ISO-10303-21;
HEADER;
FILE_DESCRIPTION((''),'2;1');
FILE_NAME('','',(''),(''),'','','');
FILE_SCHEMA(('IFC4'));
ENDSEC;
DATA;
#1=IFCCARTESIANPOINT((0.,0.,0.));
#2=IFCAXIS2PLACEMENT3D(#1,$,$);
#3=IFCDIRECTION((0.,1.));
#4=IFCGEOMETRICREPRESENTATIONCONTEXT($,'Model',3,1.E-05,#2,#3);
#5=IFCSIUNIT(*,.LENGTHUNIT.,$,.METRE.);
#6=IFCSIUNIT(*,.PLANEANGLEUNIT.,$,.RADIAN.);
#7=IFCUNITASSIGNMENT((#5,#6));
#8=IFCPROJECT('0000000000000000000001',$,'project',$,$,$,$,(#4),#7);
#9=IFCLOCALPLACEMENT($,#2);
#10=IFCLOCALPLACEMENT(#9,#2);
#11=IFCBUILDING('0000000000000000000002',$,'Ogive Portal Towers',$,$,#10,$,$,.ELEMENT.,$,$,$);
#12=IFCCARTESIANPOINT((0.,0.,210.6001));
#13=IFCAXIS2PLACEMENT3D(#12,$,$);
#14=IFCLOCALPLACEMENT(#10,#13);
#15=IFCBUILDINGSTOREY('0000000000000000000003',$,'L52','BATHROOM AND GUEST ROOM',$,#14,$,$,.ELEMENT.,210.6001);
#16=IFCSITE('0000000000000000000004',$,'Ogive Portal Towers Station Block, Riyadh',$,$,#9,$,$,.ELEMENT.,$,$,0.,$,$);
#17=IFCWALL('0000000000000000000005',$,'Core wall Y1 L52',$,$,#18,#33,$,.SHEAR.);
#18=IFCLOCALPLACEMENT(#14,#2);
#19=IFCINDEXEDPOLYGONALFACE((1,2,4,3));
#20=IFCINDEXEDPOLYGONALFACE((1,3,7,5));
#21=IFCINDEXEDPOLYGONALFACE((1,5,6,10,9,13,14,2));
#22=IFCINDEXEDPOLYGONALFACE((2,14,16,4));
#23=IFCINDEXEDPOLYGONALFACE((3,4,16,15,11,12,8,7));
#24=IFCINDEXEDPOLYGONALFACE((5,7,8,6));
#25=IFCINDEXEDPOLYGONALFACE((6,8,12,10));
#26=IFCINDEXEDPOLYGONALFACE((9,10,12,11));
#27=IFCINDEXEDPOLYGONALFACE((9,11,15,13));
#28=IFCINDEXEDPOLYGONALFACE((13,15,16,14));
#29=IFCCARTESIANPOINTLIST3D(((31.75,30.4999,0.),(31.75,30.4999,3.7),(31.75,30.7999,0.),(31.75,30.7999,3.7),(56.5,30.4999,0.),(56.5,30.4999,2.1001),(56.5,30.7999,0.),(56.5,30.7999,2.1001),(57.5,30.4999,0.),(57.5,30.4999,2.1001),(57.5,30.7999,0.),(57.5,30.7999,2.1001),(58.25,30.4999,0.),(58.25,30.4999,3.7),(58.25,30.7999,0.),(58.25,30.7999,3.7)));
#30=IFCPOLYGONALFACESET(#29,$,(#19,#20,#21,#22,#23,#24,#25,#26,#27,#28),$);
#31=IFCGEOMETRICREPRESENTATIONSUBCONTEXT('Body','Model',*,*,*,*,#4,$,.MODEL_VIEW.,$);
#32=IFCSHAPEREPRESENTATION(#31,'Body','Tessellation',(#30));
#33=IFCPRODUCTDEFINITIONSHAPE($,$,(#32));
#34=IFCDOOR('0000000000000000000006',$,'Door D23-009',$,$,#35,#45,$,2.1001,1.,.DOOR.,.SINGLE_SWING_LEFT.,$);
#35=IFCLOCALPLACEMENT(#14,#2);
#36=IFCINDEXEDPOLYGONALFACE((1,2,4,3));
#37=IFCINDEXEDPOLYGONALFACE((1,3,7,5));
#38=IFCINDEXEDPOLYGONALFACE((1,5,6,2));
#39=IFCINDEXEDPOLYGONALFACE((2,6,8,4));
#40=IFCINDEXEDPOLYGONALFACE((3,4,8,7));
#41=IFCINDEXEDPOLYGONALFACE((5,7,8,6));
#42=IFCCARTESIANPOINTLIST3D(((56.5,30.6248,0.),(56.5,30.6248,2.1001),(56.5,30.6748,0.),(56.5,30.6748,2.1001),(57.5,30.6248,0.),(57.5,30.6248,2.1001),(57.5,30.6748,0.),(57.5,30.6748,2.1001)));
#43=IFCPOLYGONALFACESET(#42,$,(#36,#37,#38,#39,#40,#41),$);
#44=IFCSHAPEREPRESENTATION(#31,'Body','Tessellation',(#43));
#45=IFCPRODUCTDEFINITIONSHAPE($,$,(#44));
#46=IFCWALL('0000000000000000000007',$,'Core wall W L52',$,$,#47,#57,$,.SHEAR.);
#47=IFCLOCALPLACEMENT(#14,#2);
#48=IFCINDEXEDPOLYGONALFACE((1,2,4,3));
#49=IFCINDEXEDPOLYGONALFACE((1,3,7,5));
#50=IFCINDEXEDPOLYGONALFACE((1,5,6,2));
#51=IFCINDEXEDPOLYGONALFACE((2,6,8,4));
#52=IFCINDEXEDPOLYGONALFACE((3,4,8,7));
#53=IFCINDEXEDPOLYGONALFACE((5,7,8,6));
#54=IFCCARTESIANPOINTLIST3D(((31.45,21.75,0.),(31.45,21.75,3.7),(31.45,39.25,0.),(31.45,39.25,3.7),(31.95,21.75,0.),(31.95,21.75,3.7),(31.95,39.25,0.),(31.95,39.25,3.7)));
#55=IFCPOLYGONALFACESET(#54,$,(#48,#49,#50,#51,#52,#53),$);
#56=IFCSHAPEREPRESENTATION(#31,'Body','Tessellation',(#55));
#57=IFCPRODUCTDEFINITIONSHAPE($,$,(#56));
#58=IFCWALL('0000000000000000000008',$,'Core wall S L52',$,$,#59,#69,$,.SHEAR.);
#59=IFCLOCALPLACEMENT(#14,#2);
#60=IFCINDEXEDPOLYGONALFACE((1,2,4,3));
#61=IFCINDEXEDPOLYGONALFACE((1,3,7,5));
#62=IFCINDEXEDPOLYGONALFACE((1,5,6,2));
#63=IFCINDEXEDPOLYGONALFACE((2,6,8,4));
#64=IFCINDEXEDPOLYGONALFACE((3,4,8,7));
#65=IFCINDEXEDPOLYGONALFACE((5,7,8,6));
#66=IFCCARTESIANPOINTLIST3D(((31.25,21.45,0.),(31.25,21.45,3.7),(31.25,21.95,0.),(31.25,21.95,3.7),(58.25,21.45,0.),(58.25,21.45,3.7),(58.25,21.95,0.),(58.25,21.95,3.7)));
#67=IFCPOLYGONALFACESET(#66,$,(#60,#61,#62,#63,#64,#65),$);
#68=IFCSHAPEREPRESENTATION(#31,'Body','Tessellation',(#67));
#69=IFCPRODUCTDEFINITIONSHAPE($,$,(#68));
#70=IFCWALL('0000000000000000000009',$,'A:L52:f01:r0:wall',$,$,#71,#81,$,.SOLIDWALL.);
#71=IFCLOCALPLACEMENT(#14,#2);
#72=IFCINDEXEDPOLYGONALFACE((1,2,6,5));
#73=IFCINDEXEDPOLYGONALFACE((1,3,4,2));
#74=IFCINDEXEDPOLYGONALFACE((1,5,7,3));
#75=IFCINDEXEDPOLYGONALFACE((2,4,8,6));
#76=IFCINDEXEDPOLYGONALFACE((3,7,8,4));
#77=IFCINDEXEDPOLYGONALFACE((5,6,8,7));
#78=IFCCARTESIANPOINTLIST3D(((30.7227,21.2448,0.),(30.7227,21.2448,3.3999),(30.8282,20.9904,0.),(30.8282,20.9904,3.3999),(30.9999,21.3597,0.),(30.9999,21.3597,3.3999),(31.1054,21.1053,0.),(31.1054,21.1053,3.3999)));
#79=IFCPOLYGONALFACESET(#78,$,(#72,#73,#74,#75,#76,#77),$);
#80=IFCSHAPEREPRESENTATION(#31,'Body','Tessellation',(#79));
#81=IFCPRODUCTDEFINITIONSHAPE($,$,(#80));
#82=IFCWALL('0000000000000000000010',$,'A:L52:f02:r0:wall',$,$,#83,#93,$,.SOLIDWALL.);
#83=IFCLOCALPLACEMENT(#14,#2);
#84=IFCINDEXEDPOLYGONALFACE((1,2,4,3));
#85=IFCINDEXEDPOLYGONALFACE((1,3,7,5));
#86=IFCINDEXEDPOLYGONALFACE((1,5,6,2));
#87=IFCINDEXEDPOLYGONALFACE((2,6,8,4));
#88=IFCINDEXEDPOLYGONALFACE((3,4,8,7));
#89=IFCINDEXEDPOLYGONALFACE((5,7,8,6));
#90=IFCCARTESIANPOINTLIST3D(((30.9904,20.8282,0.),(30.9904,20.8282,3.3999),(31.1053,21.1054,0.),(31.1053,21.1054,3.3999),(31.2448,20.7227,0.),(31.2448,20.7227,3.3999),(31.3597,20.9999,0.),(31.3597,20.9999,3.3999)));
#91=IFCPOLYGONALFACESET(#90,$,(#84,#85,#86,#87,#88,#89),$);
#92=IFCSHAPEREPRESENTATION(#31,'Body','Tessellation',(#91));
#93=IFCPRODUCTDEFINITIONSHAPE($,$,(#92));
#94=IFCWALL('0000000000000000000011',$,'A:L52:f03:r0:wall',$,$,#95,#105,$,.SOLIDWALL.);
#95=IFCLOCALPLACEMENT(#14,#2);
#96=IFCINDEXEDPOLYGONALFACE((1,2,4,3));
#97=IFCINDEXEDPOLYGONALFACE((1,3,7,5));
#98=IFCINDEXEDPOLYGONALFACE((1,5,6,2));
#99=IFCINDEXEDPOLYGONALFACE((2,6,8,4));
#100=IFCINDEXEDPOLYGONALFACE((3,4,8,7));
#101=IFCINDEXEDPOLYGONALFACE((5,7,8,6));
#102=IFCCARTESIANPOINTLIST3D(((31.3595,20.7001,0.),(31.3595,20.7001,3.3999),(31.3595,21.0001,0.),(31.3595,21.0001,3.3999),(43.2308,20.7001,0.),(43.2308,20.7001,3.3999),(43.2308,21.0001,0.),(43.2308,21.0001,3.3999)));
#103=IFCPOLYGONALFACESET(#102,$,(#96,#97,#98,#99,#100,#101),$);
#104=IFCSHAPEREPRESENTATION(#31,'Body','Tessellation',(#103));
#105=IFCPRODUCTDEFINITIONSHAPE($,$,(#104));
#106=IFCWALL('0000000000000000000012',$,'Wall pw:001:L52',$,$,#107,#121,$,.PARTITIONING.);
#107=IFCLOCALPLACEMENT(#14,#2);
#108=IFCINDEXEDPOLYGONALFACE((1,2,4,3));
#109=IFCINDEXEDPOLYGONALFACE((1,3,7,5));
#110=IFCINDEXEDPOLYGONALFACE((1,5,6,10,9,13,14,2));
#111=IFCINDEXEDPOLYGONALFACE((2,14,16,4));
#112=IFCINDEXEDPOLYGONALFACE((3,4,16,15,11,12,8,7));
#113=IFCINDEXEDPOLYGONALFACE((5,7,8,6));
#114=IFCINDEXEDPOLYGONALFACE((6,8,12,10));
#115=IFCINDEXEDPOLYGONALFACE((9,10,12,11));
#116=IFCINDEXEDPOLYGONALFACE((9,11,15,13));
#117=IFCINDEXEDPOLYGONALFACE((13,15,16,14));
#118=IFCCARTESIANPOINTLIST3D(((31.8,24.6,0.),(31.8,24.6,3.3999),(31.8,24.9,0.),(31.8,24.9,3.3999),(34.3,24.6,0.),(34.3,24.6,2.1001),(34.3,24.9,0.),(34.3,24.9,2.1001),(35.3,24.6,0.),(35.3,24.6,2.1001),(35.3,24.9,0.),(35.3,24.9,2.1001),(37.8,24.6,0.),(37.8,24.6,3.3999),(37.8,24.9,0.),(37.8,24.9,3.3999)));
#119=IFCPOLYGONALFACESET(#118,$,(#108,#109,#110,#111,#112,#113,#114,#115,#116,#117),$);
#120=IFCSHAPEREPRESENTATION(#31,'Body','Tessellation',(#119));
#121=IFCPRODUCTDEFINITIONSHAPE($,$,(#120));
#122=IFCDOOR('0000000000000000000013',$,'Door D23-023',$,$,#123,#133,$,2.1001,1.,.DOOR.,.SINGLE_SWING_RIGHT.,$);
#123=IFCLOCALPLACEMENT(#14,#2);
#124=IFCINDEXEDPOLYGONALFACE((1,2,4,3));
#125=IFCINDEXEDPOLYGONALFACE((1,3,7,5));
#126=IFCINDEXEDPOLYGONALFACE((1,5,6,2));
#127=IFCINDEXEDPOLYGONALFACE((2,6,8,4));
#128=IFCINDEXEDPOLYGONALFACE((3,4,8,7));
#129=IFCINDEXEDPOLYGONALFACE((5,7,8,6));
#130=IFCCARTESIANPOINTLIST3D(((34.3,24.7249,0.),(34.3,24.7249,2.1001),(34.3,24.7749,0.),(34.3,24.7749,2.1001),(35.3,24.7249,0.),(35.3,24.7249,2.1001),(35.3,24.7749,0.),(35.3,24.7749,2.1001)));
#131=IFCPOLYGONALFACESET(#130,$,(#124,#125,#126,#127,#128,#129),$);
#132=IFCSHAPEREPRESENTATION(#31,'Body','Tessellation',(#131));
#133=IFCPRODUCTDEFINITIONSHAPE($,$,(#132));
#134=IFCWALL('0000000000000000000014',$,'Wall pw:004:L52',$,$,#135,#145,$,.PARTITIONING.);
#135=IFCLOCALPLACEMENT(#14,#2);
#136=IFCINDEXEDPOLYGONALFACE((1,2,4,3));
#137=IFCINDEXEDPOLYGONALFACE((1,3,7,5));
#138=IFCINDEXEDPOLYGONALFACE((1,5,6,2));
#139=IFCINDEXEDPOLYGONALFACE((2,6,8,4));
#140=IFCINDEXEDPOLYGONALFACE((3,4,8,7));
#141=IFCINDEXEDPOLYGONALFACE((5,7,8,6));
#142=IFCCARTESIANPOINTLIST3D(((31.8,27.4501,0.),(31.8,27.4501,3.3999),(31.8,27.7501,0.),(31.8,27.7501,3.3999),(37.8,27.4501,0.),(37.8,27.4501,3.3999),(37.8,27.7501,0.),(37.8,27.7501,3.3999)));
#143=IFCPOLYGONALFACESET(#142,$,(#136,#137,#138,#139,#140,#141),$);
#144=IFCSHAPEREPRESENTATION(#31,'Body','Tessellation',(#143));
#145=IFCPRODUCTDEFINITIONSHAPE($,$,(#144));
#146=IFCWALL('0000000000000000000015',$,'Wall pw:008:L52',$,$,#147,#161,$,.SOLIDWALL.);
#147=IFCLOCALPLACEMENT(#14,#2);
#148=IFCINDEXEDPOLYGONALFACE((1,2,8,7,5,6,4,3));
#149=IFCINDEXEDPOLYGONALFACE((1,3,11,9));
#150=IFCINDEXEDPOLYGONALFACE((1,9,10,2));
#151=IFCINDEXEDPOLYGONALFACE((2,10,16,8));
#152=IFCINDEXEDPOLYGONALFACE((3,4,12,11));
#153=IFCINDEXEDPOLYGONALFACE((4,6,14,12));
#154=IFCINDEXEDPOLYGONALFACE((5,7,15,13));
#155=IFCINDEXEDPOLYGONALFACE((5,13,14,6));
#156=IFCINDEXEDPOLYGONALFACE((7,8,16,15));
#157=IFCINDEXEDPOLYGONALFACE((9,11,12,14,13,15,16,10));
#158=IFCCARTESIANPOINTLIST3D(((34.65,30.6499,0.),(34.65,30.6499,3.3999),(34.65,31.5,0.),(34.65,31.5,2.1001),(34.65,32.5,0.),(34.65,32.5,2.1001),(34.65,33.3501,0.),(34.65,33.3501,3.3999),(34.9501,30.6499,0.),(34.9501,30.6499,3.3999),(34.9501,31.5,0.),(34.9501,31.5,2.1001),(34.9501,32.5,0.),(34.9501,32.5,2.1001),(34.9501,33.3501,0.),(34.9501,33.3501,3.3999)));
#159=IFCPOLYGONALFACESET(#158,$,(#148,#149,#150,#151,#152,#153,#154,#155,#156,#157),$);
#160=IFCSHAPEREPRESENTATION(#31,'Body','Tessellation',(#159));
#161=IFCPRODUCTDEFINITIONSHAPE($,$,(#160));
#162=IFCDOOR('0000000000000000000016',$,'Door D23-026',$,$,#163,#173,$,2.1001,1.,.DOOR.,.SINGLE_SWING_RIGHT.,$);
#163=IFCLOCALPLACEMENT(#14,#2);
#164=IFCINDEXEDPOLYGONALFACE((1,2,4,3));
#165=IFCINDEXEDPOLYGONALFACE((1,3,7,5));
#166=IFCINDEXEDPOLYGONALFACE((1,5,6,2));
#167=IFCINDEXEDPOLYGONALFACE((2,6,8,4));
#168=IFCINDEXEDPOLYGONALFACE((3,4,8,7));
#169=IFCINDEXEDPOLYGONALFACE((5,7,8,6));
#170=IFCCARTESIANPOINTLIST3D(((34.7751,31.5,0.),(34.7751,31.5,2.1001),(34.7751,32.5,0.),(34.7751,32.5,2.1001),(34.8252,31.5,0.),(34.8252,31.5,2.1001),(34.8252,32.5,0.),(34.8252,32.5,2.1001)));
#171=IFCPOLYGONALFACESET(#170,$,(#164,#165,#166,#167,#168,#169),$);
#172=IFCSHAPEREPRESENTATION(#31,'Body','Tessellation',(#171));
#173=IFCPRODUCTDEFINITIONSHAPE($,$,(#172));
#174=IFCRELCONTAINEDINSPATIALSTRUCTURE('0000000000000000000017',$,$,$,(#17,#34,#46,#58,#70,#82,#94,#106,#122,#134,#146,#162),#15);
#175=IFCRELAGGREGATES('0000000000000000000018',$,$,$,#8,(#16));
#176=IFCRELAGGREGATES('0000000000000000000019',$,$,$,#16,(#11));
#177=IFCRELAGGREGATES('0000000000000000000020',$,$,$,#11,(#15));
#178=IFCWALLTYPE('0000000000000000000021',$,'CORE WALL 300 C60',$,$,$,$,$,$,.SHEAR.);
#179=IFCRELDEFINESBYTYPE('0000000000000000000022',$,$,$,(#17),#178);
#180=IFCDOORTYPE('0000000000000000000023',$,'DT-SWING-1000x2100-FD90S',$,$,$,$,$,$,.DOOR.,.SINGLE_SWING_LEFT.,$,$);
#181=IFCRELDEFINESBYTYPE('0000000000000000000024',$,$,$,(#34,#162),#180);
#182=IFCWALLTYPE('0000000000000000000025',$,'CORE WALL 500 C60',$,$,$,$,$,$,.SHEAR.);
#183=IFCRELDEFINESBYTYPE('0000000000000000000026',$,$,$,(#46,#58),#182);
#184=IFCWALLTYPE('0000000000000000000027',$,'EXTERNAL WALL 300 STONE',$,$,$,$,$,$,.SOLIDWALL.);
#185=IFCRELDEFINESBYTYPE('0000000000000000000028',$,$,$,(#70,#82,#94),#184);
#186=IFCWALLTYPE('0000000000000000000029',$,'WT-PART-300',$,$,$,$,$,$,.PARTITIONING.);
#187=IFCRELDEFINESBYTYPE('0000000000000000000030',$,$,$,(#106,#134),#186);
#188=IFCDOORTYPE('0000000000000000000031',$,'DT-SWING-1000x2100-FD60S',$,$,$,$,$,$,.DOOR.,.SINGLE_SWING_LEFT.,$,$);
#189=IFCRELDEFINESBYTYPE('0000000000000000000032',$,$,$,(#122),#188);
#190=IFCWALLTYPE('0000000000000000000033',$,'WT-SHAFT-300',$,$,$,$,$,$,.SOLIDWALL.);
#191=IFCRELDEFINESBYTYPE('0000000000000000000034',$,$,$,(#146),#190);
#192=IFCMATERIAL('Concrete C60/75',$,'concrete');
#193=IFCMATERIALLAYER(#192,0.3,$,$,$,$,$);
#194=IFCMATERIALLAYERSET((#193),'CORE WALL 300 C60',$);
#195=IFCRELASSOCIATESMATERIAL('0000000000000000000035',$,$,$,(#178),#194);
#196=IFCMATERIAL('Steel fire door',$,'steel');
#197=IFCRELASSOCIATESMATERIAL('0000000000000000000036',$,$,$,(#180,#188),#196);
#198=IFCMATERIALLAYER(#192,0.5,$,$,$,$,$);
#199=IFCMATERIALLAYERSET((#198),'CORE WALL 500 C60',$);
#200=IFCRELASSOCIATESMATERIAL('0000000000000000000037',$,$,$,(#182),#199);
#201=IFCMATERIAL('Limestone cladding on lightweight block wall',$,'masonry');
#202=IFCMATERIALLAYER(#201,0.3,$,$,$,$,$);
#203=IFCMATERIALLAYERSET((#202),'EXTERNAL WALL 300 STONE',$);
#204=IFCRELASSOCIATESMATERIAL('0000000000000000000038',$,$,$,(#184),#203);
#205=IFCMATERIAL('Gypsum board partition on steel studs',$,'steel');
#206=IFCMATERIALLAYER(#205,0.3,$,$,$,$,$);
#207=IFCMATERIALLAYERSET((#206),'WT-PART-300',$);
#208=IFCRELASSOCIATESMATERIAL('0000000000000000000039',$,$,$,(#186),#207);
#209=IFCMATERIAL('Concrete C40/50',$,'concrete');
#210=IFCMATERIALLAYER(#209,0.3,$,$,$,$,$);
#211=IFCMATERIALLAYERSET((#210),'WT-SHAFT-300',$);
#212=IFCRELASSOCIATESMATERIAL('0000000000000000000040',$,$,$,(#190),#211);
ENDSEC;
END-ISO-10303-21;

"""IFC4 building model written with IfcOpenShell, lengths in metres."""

from ifc_helpers import new_model, si_unit, direction, frame, frame_2d, origin, place, context, subcontext, project, spatial, rectangle, extrude, material, layer, layer_set, type_object, element, fill, save


model = new_model("IFC4")

# Units and contexts
model_context = context("Model", 3, precision=1e-05, world=origin(), true_north=direction((0.0, 1.0)))
body_context = subcontext(model_context, "Body", "Model", "MODEL_VIEW")
ifc_project = project(units=[si_unit("LENGTHUNIT", "METRE"), si_unit("PLANEANGLEUNIT", "RADIAN")], contexts=[model_context])

# Site, building, storey
site_placement = place(None, origin())
site = spatial("IfcSite", under=ifc_project, at=site_placement, Name="Ogive Portal Towers Station Block, Riyadh", CompositionType="ELEMENT", RefElevation=0.0)
building_placement = place(site_placement, origin())
building = spatial("IfcBuilding", under=site, at=building_placement, Name="Ogive Portal Towers", CompositionType="ELEMENT")
storey_placement = place(building_placement, frame((0.0, 0.0, 210.6001)))
storey = spatial("IfcBuildingStorey", under=building, at=storey_placement, Name="L52", Description="BATHROOM AND GUEST ROOM", CompositionType="ELEMENT", Elevation=210.6001)

# Shared definitions
ifc_material_1 = material(Name="Concrete C40/50", Category="concrete")

# Wall, opening, door
ifc_material_2 = material(Name="Concrete C60/75", Category="concrete")
ifc_layer_1 = layer(ifc_material_2, 0.3)
ifc_layer_set_1 = layer_set([ifc_layer_1], Name="CORE WALL 300 C60")
wall_type_1 = type_object("IfcWallType", Name="CORE WALL 300 C60", PredefinedType="SHEAR", material=ifc_layer_set_1)
wall_1_placement = place(storey_placement, frame((31.75, 30.6499, 0.0), z_axis=(0.0, 0.0, 1.0), x_axis=(1.0, 0.0, 0.0)))
wall_1 = element("IfcWall", 1, at=wall_1_placement, inside=storey, type_object=wall_type_1, Name="Core wall Y1 L52", PredefinedType="SHEAR", context=body_context, shape_type="SweptSolid", body=[
    extrude(rectangle(XDim=26.5, YDim=0.3, at=frame_2d((13.25, 0.0))), origin(), (0.0, 0.0, 1.0), 3.7),
])
opening_1_placement = place(wall_1_placement, frame((24.75, 0.0, 0.0)))
opening_1 = element("IfcOpeningElement", 2, at=opening_1_placement, cuts=wall_1, PredefinedType="OPENING", context=body_context, shape_type="SweptSolid", body=[
    extrude(rectangle(XDim=1.0, YDim=2.1001, at=frame_2d((0.5, 1.05))), frame((0.0, 0.1602, 0.0), z_axis=(0.0, -1.0, 0.0), x_axis=(1.0, 0.0, 0.0)), (0.0, 0.0, 1.0), 0.3201),
])
ifc_material_3 = material(Name="Steel fire door", Category="steel")
door_type_1 = type_object("IfcDoorType", Name="DT-SWING-1000x2100-FD90S", OperationType="SINGLE_SWING_LEFT", PredefinedType="DOOR", material=ifc_material_3)
door_1_placement = place(opening_1_placement, origin())
door_1 = element("IfcDoor", 3, at=door_1_placement, inside=storey, type_object=door_type_1, Name="Door D23-009", OperationType="SINGLE_SWING_LEFT", OverallHeight=2.1001, OverallWidth=1.0, PredefinedType="DOOR", context=body_context, shape_type="SweptSolid", body=[
    extrude(rectangle(XDim=1.0, YDim=2.1001, at=frame_2d((0.5, 1.05))), frame((0.0, 0.0249, 0.0), z_axis=(0.0, -1.0, 0.0), x_axis=(1.0, 0.0, 0.0)), (0.0, 0.0, 1.0), 0.05),
])
fill(opening_1, door_1)

# Walls
ifc_layer_2 = layer(ifc_material_2, 0.5)
ifc_layer_set_2 = layer_set([ifc_layer_2], Name="CORE WALL 500 C60")
wall_type_2 = type_object("IfcWallType", Name="CORE WALL 500 C60", PredefinedType="SHEAR", material=ifc_layer_set_2)
wall_2_placement = place(storey_placement, frame((31.7, 21.75, 0.0), z_axis=(0.0, 0.0, 1.0), x_axis=(0.0, 1.0, 0.0)))
element("IfcWall", 4, at=wall_2_placement, inside=storey, type_object=wall_type_2, Name="Core wall W L52", PredefinedType="SHEAR", context=body_context, shape_type="SweptSolid", body=[
    extrude(rectangle(XDim=17.5, YDim=0.5, at=frame_2d((8.75, 0.0))), origin(), (0.0, 0.0, 1.0), 3.7),
])
wall_3_placement = place(storey_placement, frame((31.25, 21.7, 0.0), z_axis=(0.0, 0.0, 1.0), x_axis=(1.0, 0.0, 0.0)))
element("IfcWall", 5, at=wall_3_placement, inside=storey, type_object=wall_type_2, Name="Core wall S L52", PredefinedType="SHEAR", context=body_context, shape_type="SweptSolid", body=[
    extrude(rectangle(XDim=27.0, YDim=0.5, at=frame_2d((13.5, 0.0))), origin(), (0.0, 0.0, 1.0), 3.7),
])
ifc_material_4 = material(Name="Limestone cladding on lightweight block wall", Category="masonry")
ifc_layer_3 = layer(ifc_material_4, 0.3)
ifc_layer_set_3 = layer_set([ifc_layer_3], Name="EXTERNAL WALL 300 STONE")
wall_type_3 = type_object("IfcWallType", Name="EXTERNAL WALL 300 STONE", PredefinedType="SOLIDWALL", material=ifc_layer_set_3)
for number, where, z_axis, x_axis, name in (
    (6, (30.8613, 21.3022, 0.0), (0.0, 0.0, 1.0), (0.382978, -0.923757, 0.0), "A:L52:f01:r0:wall"),
    (7, (31.0479, 20.9668, 0.0), (0.0, 0.0, 1.0), (0.923757, -0.382978, 0.0), "A:L52:f02:r0:wall"),
):
    element("IfcWall", number, at=place(storey_placement, frame(where, z_axis=z_axis, x_axis=x_axis)), inside=storey, type_object=wall_type_3, Name=name, PredefinedType="SOLIDWALL", context=body_context, shape_type="SweptSolid", body=[
        extrude(rectangle(XDim=0.2754, YDim=0.3, at=frame_2d((0.1377, 0.0))), origin(), (0.0, 0.0, 1.0), 3.3999),
    ])
wall_4_placement = place(storey_placement, frame((31.3596, 20.8501, 0.0), z_axis=(0.0, 0.0, 1.0), x_axis=(1.0, 0.0, 0.0)))
element("IfcWall", 8, at=wall_4_placement, inside=storey, type_object=wall_type_3, Name="A:L52:f03:r0:wall", PredefinedType="SOLIDWALL", context=body_context, shape_type="SweptSolid", body=[
    extrude(rectangle(XDim=11.8713, YDim=0.3, at=frame_2d((5.9355, 0.0))), origin(), (0.0, 0.0, 1.0), 3.3999),
])

# Wall, opening, door
ifc_material_5 = material(Name="Gypsum board partition on steel studs", Category="steel")
ifc_layer_4 = layer(ifc_material_5, 0.3)
ifc_layer_set_4 = layer_set([ifc_layer_4], Name="WT-PART-300")
wall_type_4 = type_object("IfcWallType", Name="WT-PART-300", PredefinedType="PARTITIONING", material=ifc_layer_set_4)
wall_5_placement = place(storey_placement, frame((31.8, 24.75, 0.0), z_axis=(0.0, 0.0, 1.0), x_axis=(1.0, 0.0, 0.0)))
wall_5 = element("IfcWall", 9, at=wall_5_placement, inside=storey, type_object=wall_type_4, Name="Wall pw:001:L52", PredefinedType="PARTITIONING", context=body_context, shape_type="SweptSolid", body=[
    extrude(rectangle(XDim=6.0, YDim=0.3, at=frame_2d((3.0, 0.0))), origin(), (0.0, 0.0, 1.0), 3.3999),
])
opening_2_placement = place(wall_5_placement, frame((2.5, 0.0, 0.0)))
opening_2 = element("IfcOpeningElement", 10, at=opening_2_placement, cuts=wall_5, PredefinedType="OPENING", context=body_context, shape_type="SweptSolid", body=[
    extrude(rectangle(XDim=1.0, YDim=2.1001, at=frame_2d((0.5, 1.05))), frame((0.0, 0.1602, 0.0), z_axis=(0.0, -1.0, 0.0), x_axis=(1.0, 0.0, 0.0)), (0.0, 0.0, 1.0), 0.3201),
])
door_type_2 = type_object("IfcDoorType", Name="DT-SWING-1000x2100-FD60S", OperationType="SINGLE_SWING_LEFT", PredefinedType="DOOR", material=ifc_material_3)
door_2_placement = place(opening_2_placement, origin())
door_2 = element("IfcDoor", 11, at=door_2_placement, inside=storey, type_object=door_type_2, Name="Door D23-023", OperationType="SINGLE_SWING_RIGHT", OverallHeight=2.1001, OverallWidth=1.0, PredefinedType="DOOR", context=body_context, shape_type="SweptSolid", body=[
    extrude(rectangle(XDim=1.0, YDim=2.1001, at=frame_2d((0.5, 1.05))), frame((0.0, 0.0249, 0.0), z_axis=(0.0, -1.0, 0.0), x_axis=(1.0, 0.0, 0.0)), (0.0, 0.0, 1.0), 0.05),
])
fill(opening_2, door_2)

# Wall
wall_6_placement = place(storey_placement, frame((31.8, 27.6001, 0.0), z_axis=(0.0, 0.0, 1.0), x_axis=(1.0, 0.0, 0.0)))
element("IfcWall", 12, at=wall_6_placement, inside=storey, type_object=wall_type_4, Name="Wall pw:004:L52", PredefinedType="PARTITIONING", context=body_context, shape_type="SweptSolid", body=[
    extrude(rectangle(XDim=6.0, YDim=0.3, at=frame_2d((3.0, 0.0))), origin(), (0.0, 0.0, 1.0), 3.3999),
])

# Wall, opening, door
ifc_layer_5 = layer(ifc_material_1, 0.3)
ifc_layer_set_5 = layer_set([ifc_layer_5], Name="WT-SHAFT-300")
wall_type_5 = type_object("IfcWallType", Name="WT-SHAFT-300", PredefinedType="SOLIDWALL", material=ifc_layer_set_5)
wall_7_placement = place(storey_placement, frame((34.8, 30.6499, 0.0), z_axis=(0.0, 0.0, 1.0), x_axis=(0.0, 1.0, 0.0)))
wall_7 = element("IfcWall", 13, at=wall_7_placement, inside=storey, type_object=wall_type_5, Name="Wall pw:008:L52", PredefinedType="SOLIDWALL", context=body_context, shape_type="SweptSolid", body=[
    extrude(rectangle(XDim=2.7002, YDim=0.3, at=frame_2d((1.3501, 0.0))), origin(), (0.0, 0.0, 1.0), 3.3999),
])
opening_3_placement = place(wall_7_placement, frame((0.8501, 0.0, 0.0)))
opening_3 = element("IfcOpeningElement", 14, at=opening_3_placement, cuts=wall_7, PredefinedType="OPENING", context=body_context, shape_type="SweptSolid", body=[
    extrude(rectangle(XDim=1.0, YDim=2.1001, at=frame_2d((0.5, 1.05))), frame((0.0, 0.1602, 0.0), z_axis=(0.0, -1.0, 0.0), x_axis=(1.0, 0.0, 0.0)), (0.0, 0.0, 1.0), 0.3201),
])
door_3_placement = place(opening_3_placement, origin())
door_3 = element("IfcDoor", 15, at=door_3_placement, inside=storey, type_object=door_type_1, Name="Door D23-026", OperationType="SINGLE_SWING_RIGHT", OverallHeight=2.1001, OverallWidth=1.0, PredefinedType="DOOR", context=body_context, shape_type="SweptSolid", body=[
    extrude(rectangle(XDim=1.0, YDim=2.1001, at=frame_2d((0.5, 1.05))), frame((0.0, 0.0249, 0.0), z_axis=(0.0, -1.0, 0.0), x_axis=(1.0, 0.0, 0.0)), (0.0, 0.0, 1.0), 0.05),
])
fill(opening_3, door_3)

save(model, "model.ifc")
